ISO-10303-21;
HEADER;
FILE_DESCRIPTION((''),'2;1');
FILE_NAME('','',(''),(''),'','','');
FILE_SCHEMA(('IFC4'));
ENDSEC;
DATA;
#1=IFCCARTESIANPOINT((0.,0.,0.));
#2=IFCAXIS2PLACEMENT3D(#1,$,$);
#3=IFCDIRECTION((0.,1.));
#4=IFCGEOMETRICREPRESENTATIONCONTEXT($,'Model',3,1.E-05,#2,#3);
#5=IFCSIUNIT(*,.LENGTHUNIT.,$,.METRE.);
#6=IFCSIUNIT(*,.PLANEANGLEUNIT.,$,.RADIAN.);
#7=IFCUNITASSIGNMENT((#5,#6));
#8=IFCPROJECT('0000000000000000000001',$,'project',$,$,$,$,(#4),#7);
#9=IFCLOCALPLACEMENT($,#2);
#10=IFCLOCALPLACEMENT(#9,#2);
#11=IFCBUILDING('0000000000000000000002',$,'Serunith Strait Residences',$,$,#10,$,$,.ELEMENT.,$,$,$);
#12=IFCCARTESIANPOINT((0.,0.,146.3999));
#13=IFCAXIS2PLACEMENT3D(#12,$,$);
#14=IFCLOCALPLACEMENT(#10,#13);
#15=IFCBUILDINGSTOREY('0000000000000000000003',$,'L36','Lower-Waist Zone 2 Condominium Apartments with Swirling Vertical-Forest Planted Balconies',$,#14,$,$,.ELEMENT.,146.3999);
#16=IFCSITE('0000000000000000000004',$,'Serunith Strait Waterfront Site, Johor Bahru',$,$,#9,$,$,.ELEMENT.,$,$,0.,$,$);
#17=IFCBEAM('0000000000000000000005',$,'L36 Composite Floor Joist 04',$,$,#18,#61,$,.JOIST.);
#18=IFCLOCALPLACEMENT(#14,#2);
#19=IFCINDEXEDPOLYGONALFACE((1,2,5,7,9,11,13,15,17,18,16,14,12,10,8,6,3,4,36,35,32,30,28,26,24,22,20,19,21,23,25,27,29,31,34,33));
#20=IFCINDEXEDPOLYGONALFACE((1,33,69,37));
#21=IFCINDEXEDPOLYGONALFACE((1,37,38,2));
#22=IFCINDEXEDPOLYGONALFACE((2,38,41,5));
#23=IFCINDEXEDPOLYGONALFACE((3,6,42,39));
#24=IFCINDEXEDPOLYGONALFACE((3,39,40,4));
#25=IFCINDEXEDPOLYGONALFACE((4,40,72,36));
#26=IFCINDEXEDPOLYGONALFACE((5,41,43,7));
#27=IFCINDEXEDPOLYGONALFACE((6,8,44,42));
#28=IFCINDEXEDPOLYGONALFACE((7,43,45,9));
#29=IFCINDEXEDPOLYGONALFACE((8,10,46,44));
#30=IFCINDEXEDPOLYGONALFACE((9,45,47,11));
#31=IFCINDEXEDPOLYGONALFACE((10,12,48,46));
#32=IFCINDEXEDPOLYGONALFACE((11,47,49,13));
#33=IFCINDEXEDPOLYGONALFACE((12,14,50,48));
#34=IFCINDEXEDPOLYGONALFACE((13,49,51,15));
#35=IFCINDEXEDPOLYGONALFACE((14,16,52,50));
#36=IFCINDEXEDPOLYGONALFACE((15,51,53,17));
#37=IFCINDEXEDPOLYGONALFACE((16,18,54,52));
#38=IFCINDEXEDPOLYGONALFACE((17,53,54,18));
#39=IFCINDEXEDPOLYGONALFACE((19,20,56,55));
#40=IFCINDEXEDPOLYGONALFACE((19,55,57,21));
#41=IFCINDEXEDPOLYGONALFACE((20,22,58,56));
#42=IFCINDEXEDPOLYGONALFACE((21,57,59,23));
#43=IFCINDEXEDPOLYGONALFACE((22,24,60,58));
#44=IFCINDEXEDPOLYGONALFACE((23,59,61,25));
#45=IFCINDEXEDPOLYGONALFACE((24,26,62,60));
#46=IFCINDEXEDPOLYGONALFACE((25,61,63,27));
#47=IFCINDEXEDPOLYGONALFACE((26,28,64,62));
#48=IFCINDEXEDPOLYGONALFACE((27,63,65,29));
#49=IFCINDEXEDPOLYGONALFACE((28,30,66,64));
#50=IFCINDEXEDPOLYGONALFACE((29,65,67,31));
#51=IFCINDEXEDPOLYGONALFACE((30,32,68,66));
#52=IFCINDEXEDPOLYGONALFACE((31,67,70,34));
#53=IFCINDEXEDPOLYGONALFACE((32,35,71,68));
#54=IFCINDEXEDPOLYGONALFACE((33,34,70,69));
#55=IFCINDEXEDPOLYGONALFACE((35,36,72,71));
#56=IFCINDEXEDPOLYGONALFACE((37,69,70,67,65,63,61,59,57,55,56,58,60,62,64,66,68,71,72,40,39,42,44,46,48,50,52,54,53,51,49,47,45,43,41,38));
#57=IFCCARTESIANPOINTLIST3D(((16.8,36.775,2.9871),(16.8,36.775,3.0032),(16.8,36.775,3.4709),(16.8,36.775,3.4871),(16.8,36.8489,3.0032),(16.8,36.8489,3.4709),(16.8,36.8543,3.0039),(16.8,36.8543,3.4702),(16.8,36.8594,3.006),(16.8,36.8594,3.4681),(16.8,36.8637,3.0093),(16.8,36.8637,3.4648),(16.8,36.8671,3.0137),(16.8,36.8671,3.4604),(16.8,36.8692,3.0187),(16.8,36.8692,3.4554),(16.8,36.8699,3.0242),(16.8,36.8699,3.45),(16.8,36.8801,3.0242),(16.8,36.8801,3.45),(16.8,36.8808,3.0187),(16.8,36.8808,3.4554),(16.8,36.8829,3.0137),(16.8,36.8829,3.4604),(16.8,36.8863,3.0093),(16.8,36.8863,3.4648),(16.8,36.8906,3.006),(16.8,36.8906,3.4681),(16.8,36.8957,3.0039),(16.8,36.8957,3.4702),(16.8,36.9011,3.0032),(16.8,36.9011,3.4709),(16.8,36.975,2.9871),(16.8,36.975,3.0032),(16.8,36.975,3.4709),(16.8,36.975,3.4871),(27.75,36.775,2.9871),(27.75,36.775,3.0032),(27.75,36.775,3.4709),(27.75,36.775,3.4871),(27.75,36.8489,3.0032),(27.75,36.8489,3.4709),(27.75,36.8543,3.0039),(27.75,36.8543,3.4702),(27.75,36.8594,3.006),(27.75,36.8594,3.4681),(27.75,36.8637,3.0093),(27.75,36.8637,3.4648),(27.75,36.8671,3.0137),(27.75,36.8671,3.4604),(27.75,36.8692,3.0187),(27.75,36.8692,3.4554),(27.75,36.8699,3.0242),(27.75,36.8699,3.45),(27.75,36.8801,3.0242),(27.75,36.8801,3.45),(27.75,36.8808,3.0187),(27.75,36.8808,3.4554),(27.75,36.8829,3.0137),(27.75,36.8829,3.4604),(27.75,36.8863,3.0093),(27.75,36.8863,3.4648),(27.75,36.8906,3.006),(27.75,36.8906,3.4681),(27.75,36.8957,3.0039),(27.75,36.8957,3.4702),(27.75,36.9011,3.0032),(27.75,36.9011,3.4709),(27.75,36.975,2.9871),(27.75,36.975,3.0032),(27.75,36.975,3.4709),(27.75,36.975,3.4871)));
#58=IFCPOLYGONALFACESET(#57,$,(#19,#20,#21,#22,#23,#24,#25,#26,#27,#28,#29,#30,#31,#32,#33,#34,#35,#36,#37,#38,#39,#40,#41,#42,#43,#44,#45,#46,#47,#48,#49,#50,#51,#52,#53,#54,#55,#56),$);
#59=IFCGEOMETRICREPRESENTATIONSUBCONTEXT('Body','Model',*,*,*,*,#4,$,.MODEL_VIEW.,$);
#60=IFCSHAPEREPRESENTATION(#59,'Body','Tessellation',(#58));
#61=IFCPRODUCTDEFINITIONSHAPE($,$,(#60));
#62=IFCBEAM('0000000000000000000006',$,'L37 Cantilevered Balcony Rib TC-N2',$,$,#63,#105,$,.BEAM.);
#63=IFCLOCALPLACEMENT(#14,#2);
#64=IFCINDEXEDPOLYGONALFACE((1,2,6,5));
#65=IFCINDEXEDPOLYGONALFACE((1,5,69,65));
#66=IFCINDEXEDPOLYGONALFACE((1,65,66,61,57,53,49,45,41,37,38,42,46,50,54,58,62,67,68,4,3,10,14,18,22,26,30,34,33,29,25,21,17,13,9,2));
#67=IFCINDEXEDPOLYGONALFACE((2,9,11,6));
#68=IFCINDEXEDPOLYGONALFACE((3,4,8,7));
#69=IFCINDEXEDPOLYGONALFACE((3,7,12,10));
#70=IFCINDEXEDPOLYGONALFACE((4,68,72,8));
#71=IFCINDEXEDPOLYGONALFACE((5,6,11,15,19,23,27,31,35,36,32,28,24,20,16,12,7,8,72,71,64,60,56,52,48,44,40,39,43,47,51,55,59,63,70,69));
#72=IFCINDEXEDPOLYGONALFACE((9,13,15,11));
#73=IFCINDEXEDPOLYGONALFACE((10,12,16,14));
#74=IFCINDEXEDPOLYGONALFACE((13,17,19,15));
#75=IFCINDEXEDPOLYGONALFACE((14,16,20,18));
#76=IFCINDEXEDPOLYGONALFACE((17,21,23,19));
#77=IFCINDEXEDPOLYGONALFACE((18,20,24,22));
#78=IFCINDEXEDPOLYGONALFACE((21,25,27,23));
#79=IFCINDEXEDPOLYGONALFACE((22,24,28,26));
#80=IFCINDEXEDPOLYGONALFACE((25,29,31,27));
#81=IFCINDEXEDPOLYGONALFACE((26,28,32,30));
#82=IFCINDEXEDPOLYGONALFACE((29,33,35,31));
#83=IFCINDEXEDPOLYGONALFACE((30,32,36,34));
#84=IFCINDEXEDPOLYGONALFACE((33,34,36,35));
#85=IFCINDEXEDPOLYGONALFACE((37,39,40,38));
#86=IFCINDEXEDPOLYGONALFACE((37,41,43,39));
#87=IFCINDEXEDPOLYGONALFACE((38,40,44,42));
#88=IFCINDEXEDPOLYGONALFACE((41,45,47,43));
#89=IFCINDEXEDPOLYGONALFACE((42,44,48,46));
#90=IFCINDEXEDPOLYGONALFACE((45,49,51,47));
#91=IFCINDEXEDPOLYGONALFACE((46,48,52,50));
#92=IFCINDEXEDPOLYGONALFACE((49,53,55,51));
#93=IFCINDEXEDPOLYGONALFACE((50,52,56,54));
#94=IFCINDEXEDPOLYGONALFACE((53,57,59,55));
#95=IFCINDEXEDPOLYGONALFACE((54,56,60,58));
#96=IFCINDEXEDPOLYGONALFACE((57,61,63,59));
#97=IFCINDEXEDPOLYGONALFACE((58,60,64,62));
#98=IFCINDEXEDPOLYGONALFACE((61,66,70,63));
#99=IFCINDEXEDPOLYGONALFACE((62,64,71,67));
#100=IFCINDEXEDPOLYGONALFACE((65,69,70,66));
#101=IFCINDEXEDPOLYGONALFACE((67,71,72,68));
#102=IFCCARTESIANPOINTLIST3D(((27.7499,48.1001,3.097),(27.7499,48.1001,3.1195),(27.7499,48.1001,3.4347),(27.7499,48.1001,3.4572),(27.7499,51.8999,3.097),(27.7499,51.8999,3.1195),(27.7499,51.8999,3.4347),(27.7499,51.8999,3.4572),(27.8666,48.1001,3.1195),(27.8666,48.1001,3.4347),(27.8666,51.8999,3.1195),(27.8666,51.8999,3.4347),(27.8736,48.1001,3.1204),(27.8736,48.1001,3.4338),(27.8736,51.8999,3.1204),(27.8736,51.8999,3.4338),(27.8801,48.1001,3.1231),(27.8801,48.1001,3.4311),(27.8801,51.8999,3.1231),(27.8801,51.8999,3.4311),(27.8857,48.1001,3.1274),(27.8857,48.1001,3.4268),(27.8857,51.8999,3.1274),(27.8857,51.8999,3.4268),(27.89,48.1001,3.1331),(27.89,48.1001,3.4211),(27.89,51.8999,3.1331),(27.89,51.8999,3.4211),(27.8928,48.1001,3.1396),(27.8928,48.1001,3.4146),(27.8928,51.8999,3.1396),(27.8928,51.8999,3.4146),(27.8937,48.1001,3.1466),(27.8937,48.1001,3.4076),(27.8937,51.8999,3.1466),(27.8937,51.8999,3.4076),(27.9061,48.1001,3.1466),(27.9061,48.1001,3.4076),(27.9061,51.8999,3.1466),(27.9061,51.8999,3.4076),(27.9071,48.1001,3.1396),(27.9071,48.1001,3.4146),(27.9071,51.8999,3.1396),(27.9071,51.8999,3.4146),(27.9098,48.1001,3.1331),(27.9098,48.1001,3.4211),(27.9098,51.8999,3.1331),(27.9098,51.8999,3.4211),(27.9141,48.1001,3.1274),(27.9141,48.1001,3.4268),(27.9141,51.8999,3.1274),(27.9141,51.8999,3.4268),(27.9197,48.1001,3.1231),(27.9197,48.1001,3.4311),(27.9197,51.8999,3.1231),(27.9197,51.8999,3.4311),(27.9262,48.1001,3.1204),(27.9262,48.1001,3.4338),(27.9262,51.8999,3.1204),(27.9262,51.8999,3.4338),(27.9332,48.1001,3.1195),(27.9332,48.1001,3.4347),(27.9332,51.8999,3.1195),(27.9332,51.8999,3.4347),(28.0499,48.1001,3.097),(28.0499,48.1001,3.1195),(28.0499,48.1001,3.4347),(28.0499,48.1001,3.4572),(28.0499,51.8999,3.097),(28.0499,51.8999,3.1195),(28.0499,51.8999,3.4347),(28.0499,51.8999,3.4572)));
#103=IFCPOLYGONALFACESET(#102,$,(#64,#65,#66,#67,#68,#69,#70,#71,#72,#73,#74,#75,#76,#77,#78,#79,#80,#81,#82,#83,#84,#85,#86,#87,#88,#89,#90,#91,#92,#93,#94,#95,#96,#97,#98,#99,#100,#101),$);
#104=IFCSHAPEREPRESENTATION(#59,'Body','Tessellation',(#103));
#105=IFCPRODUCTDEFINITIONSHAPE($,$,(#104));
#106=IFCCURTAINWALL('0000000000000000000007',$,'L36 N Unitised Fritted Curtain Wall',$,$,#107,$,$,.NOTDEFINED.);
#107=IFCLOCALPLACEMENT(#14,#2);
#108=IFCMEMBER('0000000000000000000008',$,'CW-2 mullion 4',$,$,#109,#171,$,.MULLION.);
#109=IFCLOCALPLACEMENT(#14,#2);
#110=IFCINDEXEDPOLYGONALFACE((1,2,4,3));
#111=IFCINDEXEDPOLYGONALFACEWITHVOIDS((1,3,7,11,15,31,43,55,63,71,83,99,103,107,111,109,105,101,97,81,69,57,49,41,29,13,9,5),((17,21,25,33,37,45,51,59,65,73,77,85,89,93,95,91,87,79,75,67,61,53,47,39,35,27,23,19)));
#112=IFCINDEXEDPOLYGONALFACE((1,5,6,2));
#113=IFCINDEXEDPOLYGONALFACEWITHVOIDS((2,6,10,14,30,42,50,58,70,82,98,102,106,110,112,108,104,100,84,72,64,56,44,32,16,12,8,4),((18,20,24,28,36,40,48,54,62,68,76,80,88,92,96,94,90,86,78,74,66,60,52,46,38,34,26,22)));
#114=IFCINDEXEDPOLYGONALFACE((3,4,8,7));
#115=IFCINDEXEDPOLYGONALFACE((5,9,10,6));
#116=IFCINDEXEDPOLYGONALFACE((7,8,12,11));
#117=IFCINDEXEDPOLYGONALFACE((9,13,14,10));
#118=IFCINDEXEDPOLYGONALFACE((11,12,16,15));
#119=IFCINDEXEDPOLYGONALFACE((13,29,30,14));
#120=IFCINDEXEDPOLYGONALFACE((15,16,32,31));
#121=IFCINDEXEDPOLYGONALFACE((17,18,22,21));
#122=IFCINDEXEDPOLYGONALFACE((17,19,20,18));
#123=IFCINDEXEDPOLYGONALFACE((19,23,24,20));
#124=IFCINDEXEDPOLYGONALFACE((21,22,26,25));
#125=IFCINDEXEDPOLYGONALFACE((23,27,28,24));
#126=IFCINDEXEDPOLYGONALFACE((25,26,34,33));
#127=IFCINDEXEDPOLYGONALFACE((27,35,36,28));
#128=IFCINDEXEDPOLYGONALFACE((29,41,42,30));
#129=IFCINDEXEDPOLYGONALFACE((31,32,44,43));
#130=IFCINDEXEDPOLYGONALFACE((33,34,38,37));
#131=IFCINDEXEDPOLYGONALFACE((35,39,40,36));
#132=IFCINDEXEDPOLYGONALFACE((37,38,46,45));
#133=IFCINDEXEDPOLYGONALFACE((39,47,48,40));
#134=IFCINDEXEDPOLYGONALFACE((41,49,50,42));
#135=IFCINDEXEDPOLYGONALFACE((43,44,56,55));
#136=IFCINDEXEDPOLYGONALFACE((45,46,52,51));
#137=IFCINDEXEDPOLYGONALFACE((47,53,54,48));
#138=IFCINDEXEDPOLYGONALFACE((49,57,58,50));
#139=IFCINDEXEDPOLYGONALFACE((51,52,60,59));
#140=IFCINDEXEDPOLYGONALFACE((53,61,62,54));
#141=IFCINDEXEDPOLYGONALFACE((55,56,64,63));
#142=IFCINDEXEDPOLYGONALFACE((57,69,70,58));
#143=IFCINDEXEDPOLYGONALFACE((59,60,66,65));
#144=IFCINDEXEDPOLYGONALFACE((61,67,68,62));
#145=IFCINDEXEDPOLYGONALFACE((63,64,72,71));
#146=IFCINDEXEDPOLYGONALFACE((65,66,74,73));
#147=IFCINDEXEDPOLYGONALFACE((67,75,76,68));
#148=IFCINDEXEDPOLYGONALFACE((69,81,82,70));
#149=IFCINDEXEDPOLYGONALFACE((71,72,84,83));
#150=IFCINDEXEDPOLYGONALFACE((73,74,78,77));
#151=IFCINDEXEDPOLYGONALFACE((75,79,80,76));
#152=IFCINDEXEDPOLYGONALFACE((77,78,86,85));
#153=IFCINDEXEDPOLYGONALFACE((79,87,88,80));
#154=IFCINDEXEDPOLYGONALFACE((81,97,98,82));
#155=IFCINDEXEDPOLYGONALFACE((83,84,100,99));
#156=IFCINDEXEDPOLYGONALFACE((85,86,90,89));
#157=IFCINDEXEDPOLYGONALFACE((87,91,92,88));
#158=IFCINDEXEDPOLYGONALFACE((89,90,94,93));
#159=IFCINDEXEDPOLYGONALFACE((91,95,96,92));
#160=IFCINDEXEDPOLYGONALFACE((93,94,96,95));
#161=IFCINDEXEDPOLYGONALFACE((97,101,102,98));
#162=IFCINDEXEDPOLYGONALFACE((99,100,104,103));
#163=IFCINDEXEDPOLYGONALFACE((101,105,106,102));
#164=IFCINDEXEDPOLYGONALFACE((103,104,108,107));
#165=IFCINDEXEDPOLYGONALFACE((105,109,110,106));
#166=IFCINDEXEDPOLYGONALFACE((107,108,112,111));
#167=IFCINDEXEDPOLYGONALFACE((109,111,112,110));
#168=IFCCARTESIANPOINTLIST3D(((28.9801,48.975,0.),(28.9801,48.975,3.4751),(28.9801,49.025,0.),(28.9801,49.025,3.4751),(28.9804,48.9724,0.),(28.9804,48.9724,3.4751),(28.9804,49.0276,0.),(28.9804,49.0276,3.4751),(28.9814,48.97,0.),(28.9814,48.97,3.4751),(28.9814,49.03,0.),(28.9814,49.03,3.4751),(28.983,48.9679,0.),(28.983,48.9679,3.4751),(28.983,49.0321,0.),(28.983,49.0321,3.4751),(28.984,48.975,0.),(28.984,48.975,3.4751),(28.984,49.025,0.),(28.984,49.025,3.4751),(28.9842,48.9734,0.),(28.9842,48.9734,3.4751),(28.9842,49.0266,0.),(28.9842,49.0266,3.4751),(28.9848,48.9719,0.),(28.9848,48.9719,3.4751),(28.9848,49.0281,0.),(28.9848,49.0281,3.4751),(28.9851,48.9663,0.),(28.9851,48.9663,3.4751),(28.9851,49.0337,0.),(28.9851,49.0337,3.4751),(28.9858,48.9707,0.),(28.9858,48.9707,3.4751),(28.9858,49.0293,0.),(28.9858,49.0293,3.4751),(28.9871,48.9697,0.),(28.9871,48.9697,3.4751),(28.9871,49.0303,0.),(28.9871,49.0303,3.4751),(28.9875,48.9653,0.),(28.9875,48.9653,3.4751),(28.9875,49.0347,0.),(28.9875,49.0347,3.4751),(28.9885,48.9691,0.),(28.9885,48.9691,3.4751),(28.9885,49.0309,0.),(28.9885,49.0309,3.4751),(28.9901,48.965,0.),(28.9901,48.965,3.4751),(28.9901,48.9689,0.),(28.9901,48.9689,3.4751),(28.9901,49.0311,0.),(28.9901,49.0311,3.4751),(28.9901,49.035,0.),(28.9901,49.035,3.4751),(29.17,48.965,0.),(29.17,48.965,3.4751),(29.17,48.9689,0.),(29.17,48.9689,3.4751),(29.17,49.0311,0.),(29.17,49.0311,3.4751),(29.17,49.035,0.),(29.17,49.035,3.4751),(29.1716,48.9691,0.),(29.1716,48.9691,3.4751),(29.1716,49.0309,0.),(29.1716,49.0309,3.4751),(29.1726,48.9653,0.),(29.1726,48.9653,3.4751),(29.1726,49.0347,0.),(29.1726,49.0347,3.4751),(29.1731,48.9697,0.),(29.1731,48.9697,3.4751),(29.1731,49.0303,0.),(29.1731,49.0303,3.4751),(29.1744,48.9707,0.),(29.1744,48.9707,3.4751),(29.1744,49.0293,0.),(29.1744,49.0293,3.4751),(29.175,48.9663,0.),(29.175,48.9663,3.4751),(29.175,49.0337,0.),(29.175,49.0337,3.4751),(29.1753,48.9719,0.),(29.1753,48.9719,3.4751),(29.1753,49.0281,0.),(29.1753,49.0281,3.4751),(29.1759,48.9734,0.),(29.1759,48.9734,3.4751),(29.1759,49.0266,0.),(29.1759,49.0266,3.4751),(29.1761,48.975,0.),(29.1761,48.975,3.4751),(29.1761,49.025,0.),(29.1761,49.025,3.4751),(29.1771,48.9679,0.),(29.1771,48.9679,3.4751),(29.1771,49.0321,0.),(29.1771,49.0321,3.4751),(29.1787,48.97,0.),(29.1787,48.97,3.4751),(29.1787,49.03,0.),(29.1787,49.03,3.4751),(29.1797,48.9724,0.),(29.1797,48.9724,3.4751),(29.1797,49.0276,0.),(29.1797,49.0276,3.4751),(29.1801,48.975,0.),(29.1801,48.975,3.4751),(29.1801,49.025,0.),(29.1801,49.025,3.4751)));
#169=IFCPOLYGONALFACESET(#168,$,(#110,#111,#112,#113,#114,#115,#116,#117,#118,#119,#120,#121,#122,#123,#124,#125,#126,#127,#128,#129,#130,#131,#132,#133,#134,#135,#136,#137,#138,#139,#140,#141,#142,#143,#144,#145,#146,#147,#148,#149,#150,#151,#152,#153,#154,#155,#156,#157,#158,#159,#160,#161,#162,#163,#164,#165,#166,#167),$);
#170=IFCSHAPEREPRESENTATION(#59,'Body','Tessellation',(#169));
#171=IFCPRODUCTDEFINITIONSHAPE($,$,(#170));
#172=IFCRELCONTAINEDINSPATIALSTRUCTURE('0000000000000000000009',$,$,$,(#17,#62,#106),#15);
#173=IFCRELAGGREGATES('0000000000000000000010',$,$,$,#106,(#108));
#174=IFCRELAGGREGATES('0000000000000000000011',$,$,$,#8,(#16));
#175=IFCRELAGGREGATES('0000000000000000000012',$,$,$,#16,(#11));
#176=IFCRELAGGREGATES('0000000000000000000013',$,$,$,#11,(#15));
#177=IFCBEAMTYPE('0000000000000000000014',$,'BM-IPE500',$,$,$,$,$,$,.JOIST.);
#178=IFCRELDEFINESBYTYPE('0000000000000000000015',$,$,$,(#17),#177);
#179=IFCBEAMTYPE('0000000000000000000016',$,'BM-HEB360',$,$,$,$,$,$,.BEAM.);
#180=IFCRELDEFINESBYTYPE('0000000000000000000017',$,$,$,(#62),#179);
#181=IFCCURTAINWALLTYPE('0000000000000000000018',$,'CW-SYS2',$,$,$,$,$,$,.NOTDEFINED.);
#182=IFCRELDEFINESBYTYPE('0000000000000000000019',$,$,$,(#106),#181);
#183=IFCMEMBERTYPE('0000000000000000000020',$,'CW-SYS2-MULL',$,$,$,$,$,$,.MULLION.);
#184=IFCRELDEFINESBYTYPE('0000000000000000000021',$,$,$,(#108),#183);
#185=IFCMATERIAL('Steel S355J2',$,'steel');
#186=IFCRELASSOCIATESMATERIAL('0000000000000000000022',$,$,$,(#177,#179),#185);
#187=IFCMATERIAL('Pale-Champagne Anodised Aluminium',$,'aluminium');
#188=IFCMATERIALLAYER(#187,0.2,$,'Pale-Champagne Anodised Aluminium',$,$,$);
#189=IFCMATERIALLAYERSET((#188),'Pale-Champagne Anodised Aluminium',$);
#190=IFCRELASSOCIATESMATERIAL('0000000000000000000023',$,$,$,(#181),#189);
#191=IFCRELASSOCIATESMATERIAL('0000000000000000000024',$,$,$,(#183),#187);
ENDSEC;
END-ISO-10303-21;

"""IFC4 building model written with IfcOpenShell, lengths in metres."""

from ifc_helpers import new_model, si_unit, direction, frame, origin, origin_2d, place, context, subcontext, project, spatial, hollow_rectangle, i_section, extrude, source, transform, mapped, material, layer, layer_set, material_profile, profile_set, type_object, element, aggregate, save


model = new_model("IFC4")

# Units and contexts
model_context = context("Model", 3, precision=1e-05, world=origin(), true_north=direction((0.0, 1.0)))
body_context = subcontext(model_context, "Body", "Model", "MODEL_VIEW")
ifc_project = project(units=[si_unit("LENGTHUNIT", "METRE"), si_unit("PLANEANGLEUNIT", "RADIAN")], contexts=[model_context])

# Site, building, storey
site_placement = place(None, origin())
site = spatial("IfcSite", under=ifc_project, at=site_placement, Name="Serunith Strait Waterfront Site, Johor Bahru", CompositionType="ELEMENT", RefElevation=0.0)
building_placement = place(site_placement, origin())
building = spatial("IfcBuilding", under=site, at=building_placement, Name="Serunith Strait Residences", CompositionType="ELEMENT")
storey_placement = place(building_placement, frame((0.0, 0.0, 146.3999)))
storey = spatial("IfcBuildingStorey", under=building, at=storey_placement, Name="L36", Description="Lower-Waist Zone 2 Condominium Apartments with Swirling Vertical-Forest Planted Balconies", CompositionType="ELEMENT", Elevation=146.3999)

# Beams
ifc_material_1 = material(Name="Steel S355J2", Category="steel")
ifc_material_profile_1 = material_profile(ifc_material_1, i_section(OverallWidth=0.2, OverallDepth=0.5, WebThickness=0.0103, FlangeThickness=0.0161, FilletRadius=0.021, at=origin_2d()), Name="IPE 500")
ifc_profile_set_1 = profile_set([ifc_material_profile_1], Name="Steel S355J2")
beam_type_1 = type_object("IfcBeamType", Name="BM-IPE500", PredefinedType="JOIST", material=ifc_profile_set_1)
shared_shape_1 = source(origin(), body_context, "Body", "SweptSolid", [
    extrude(i_section(OverallWidth=0.2, OverallDepth=0.5, WebThickness=0.0103, FlangeThickness=0.0161, FilletRadius=0.021, at=origin_2d()), origin(), (0.0, 0.0, 1.0), 10.95),
])
beam_1_placement = place(storey_placement, frame((16.8, 36.875, 3.2371), z_axis=(1.0, 0.0, 0.0), x_axis=(0.0, 1.0, 0.0)))
element("IfcBeam", 1, at=beam_1_placement, inside=storey, type_object=beam_type_1, Name="L36 Composite Floor Joist 04", PredefinedType="JOIST", context=body_context, shape_type="MappedRepresentation", body=[
    mapped(shared_shape_1, transform((0.0, 0.0, 0.0), scale=1.0)),
])
ifc_material_profile_2 = material_profile(ifc_material_1, i_section(OverallWidth=0.3, OverallDepth=0.3601, WebThickness=0.0125, FlangeThickness=0.0225, FilletRadius=0.0271, at=origin_2d()), Name="HEB 360")
ifc_profile_set_2 = profile_set([ifc_material_profile_2], Name="Steel S355J2")
beam_type_2 = type_object("IfcBeamType", Name="BM-HEB360", PredefinedType="BEAM", material=ifc_profile_set_2)
shared_shape_2 = source(origin(), body_context, "Body", "SweptSolid", [
    extrude(i_section(OverallWidth=0.3, OverallDepth=0.3601, WebThickness=0.0125, FlangeThickness=0.0225, FilletRadius=0.0271, at=origin_2d()), origin(), (0.0, 0.0, 1.0), 3.7998),
])
beam_2_placement = place(storey_placement, frame((27.8999, 48.1001, 3.2771), z_axis=(0.0, 1.0, 0.0), x_axis=(-1.0, 0.0, 0.0)))
element("IfcBeam", 2, at=beam_2_placement, inside=storey, type_object=beam_type_2, Name="L37 Cantilevered Balcony Rib TC-N2", PredefinedType="BEAM", context=body_context, shape_type="MappedRepresentation", body=[
    mapped(shared_shape_2, transform((0.0, 0.0, 0.0), scale=1.0)),
])

# Curtain wall, member
ifc_material_2 = material(Name="Pale-Champagne Anodised Aluminium", Category="aluminium")
ifc_layer_1 = layer(ifc_material_2, 0.2, Name="Pale-Champagne Anodised Aluminium")
ifc_layer_set_1 = layer_set([ifc_layer_1], Name="Pale-Champagne Anodised Aluminium")
curtain_wall_type = type_object("IfcCurtainWallType", Name="CW-SYS2", PredefinedType="NOTDEFINED", material=ifc_layer_set_1)
curtain_wall_placement = place(storey_placement, origin())
curtain_wall = element("IfcCurtainWall", 3, at=curtain_wall_placement, inside=storey, type_object=curtain_wall_type, Name="L36 N Unitised Fritted Curtain Wall", PredefinedType="NOTDEFINED")
ifc_material_profile_3 = material_profile(ifc_material_2, hollow_rectangle(XDim=0.0701, YDim=0.2, WallThickness=0.0039, InnerFilletRadius=0.0061, OuterFilletRadius=0.01, at=origin_2d()), Name="ALU 200x70x4")
ifc_profile_set_3 = profile_set([ifc_material_profile_3], Name="Pale-Champagne Anodised Aluminium")
member_type_1 = type_object("IfcMemberType", Name="CW-SYS2-MULL", PredefinedType="MULLION", material=ifc_profile_set_3)
shared_shape_3 = source(origin(), body_context, "Body", "SweptSolid", [
    extrude(hollow_rectangle(XDim=0.0701, YDim=0.2, WallThickness=0.0039, InnerFilletRadius=0.0061, OuterFilletRadius=0.01, at=origin_2d()), origin(), (0.0, 0.0, 1.0), 3.4751),
])
member_1_placement = place(storey_placement, frame((29.0801, 49.0, 0.0), z_axis=(0.0, 0.0, 1.0), x_axis=(0.0, -1.0, 0.0)))
member_1 = element("IfcMember", 4, at=member_1_placement, type_object=member_type_1, Name="CW-2 mullion 4", PredefinedType="MULLION", context=body_context, shape_type="MappedRepresentation", body=[
    mapped(shared_shape_3, transform((0.0, 0.0, 0.0), scale=1.0)),
])
aggregate(curtain_wall, [member_1])

save(model, "model.ifc")
